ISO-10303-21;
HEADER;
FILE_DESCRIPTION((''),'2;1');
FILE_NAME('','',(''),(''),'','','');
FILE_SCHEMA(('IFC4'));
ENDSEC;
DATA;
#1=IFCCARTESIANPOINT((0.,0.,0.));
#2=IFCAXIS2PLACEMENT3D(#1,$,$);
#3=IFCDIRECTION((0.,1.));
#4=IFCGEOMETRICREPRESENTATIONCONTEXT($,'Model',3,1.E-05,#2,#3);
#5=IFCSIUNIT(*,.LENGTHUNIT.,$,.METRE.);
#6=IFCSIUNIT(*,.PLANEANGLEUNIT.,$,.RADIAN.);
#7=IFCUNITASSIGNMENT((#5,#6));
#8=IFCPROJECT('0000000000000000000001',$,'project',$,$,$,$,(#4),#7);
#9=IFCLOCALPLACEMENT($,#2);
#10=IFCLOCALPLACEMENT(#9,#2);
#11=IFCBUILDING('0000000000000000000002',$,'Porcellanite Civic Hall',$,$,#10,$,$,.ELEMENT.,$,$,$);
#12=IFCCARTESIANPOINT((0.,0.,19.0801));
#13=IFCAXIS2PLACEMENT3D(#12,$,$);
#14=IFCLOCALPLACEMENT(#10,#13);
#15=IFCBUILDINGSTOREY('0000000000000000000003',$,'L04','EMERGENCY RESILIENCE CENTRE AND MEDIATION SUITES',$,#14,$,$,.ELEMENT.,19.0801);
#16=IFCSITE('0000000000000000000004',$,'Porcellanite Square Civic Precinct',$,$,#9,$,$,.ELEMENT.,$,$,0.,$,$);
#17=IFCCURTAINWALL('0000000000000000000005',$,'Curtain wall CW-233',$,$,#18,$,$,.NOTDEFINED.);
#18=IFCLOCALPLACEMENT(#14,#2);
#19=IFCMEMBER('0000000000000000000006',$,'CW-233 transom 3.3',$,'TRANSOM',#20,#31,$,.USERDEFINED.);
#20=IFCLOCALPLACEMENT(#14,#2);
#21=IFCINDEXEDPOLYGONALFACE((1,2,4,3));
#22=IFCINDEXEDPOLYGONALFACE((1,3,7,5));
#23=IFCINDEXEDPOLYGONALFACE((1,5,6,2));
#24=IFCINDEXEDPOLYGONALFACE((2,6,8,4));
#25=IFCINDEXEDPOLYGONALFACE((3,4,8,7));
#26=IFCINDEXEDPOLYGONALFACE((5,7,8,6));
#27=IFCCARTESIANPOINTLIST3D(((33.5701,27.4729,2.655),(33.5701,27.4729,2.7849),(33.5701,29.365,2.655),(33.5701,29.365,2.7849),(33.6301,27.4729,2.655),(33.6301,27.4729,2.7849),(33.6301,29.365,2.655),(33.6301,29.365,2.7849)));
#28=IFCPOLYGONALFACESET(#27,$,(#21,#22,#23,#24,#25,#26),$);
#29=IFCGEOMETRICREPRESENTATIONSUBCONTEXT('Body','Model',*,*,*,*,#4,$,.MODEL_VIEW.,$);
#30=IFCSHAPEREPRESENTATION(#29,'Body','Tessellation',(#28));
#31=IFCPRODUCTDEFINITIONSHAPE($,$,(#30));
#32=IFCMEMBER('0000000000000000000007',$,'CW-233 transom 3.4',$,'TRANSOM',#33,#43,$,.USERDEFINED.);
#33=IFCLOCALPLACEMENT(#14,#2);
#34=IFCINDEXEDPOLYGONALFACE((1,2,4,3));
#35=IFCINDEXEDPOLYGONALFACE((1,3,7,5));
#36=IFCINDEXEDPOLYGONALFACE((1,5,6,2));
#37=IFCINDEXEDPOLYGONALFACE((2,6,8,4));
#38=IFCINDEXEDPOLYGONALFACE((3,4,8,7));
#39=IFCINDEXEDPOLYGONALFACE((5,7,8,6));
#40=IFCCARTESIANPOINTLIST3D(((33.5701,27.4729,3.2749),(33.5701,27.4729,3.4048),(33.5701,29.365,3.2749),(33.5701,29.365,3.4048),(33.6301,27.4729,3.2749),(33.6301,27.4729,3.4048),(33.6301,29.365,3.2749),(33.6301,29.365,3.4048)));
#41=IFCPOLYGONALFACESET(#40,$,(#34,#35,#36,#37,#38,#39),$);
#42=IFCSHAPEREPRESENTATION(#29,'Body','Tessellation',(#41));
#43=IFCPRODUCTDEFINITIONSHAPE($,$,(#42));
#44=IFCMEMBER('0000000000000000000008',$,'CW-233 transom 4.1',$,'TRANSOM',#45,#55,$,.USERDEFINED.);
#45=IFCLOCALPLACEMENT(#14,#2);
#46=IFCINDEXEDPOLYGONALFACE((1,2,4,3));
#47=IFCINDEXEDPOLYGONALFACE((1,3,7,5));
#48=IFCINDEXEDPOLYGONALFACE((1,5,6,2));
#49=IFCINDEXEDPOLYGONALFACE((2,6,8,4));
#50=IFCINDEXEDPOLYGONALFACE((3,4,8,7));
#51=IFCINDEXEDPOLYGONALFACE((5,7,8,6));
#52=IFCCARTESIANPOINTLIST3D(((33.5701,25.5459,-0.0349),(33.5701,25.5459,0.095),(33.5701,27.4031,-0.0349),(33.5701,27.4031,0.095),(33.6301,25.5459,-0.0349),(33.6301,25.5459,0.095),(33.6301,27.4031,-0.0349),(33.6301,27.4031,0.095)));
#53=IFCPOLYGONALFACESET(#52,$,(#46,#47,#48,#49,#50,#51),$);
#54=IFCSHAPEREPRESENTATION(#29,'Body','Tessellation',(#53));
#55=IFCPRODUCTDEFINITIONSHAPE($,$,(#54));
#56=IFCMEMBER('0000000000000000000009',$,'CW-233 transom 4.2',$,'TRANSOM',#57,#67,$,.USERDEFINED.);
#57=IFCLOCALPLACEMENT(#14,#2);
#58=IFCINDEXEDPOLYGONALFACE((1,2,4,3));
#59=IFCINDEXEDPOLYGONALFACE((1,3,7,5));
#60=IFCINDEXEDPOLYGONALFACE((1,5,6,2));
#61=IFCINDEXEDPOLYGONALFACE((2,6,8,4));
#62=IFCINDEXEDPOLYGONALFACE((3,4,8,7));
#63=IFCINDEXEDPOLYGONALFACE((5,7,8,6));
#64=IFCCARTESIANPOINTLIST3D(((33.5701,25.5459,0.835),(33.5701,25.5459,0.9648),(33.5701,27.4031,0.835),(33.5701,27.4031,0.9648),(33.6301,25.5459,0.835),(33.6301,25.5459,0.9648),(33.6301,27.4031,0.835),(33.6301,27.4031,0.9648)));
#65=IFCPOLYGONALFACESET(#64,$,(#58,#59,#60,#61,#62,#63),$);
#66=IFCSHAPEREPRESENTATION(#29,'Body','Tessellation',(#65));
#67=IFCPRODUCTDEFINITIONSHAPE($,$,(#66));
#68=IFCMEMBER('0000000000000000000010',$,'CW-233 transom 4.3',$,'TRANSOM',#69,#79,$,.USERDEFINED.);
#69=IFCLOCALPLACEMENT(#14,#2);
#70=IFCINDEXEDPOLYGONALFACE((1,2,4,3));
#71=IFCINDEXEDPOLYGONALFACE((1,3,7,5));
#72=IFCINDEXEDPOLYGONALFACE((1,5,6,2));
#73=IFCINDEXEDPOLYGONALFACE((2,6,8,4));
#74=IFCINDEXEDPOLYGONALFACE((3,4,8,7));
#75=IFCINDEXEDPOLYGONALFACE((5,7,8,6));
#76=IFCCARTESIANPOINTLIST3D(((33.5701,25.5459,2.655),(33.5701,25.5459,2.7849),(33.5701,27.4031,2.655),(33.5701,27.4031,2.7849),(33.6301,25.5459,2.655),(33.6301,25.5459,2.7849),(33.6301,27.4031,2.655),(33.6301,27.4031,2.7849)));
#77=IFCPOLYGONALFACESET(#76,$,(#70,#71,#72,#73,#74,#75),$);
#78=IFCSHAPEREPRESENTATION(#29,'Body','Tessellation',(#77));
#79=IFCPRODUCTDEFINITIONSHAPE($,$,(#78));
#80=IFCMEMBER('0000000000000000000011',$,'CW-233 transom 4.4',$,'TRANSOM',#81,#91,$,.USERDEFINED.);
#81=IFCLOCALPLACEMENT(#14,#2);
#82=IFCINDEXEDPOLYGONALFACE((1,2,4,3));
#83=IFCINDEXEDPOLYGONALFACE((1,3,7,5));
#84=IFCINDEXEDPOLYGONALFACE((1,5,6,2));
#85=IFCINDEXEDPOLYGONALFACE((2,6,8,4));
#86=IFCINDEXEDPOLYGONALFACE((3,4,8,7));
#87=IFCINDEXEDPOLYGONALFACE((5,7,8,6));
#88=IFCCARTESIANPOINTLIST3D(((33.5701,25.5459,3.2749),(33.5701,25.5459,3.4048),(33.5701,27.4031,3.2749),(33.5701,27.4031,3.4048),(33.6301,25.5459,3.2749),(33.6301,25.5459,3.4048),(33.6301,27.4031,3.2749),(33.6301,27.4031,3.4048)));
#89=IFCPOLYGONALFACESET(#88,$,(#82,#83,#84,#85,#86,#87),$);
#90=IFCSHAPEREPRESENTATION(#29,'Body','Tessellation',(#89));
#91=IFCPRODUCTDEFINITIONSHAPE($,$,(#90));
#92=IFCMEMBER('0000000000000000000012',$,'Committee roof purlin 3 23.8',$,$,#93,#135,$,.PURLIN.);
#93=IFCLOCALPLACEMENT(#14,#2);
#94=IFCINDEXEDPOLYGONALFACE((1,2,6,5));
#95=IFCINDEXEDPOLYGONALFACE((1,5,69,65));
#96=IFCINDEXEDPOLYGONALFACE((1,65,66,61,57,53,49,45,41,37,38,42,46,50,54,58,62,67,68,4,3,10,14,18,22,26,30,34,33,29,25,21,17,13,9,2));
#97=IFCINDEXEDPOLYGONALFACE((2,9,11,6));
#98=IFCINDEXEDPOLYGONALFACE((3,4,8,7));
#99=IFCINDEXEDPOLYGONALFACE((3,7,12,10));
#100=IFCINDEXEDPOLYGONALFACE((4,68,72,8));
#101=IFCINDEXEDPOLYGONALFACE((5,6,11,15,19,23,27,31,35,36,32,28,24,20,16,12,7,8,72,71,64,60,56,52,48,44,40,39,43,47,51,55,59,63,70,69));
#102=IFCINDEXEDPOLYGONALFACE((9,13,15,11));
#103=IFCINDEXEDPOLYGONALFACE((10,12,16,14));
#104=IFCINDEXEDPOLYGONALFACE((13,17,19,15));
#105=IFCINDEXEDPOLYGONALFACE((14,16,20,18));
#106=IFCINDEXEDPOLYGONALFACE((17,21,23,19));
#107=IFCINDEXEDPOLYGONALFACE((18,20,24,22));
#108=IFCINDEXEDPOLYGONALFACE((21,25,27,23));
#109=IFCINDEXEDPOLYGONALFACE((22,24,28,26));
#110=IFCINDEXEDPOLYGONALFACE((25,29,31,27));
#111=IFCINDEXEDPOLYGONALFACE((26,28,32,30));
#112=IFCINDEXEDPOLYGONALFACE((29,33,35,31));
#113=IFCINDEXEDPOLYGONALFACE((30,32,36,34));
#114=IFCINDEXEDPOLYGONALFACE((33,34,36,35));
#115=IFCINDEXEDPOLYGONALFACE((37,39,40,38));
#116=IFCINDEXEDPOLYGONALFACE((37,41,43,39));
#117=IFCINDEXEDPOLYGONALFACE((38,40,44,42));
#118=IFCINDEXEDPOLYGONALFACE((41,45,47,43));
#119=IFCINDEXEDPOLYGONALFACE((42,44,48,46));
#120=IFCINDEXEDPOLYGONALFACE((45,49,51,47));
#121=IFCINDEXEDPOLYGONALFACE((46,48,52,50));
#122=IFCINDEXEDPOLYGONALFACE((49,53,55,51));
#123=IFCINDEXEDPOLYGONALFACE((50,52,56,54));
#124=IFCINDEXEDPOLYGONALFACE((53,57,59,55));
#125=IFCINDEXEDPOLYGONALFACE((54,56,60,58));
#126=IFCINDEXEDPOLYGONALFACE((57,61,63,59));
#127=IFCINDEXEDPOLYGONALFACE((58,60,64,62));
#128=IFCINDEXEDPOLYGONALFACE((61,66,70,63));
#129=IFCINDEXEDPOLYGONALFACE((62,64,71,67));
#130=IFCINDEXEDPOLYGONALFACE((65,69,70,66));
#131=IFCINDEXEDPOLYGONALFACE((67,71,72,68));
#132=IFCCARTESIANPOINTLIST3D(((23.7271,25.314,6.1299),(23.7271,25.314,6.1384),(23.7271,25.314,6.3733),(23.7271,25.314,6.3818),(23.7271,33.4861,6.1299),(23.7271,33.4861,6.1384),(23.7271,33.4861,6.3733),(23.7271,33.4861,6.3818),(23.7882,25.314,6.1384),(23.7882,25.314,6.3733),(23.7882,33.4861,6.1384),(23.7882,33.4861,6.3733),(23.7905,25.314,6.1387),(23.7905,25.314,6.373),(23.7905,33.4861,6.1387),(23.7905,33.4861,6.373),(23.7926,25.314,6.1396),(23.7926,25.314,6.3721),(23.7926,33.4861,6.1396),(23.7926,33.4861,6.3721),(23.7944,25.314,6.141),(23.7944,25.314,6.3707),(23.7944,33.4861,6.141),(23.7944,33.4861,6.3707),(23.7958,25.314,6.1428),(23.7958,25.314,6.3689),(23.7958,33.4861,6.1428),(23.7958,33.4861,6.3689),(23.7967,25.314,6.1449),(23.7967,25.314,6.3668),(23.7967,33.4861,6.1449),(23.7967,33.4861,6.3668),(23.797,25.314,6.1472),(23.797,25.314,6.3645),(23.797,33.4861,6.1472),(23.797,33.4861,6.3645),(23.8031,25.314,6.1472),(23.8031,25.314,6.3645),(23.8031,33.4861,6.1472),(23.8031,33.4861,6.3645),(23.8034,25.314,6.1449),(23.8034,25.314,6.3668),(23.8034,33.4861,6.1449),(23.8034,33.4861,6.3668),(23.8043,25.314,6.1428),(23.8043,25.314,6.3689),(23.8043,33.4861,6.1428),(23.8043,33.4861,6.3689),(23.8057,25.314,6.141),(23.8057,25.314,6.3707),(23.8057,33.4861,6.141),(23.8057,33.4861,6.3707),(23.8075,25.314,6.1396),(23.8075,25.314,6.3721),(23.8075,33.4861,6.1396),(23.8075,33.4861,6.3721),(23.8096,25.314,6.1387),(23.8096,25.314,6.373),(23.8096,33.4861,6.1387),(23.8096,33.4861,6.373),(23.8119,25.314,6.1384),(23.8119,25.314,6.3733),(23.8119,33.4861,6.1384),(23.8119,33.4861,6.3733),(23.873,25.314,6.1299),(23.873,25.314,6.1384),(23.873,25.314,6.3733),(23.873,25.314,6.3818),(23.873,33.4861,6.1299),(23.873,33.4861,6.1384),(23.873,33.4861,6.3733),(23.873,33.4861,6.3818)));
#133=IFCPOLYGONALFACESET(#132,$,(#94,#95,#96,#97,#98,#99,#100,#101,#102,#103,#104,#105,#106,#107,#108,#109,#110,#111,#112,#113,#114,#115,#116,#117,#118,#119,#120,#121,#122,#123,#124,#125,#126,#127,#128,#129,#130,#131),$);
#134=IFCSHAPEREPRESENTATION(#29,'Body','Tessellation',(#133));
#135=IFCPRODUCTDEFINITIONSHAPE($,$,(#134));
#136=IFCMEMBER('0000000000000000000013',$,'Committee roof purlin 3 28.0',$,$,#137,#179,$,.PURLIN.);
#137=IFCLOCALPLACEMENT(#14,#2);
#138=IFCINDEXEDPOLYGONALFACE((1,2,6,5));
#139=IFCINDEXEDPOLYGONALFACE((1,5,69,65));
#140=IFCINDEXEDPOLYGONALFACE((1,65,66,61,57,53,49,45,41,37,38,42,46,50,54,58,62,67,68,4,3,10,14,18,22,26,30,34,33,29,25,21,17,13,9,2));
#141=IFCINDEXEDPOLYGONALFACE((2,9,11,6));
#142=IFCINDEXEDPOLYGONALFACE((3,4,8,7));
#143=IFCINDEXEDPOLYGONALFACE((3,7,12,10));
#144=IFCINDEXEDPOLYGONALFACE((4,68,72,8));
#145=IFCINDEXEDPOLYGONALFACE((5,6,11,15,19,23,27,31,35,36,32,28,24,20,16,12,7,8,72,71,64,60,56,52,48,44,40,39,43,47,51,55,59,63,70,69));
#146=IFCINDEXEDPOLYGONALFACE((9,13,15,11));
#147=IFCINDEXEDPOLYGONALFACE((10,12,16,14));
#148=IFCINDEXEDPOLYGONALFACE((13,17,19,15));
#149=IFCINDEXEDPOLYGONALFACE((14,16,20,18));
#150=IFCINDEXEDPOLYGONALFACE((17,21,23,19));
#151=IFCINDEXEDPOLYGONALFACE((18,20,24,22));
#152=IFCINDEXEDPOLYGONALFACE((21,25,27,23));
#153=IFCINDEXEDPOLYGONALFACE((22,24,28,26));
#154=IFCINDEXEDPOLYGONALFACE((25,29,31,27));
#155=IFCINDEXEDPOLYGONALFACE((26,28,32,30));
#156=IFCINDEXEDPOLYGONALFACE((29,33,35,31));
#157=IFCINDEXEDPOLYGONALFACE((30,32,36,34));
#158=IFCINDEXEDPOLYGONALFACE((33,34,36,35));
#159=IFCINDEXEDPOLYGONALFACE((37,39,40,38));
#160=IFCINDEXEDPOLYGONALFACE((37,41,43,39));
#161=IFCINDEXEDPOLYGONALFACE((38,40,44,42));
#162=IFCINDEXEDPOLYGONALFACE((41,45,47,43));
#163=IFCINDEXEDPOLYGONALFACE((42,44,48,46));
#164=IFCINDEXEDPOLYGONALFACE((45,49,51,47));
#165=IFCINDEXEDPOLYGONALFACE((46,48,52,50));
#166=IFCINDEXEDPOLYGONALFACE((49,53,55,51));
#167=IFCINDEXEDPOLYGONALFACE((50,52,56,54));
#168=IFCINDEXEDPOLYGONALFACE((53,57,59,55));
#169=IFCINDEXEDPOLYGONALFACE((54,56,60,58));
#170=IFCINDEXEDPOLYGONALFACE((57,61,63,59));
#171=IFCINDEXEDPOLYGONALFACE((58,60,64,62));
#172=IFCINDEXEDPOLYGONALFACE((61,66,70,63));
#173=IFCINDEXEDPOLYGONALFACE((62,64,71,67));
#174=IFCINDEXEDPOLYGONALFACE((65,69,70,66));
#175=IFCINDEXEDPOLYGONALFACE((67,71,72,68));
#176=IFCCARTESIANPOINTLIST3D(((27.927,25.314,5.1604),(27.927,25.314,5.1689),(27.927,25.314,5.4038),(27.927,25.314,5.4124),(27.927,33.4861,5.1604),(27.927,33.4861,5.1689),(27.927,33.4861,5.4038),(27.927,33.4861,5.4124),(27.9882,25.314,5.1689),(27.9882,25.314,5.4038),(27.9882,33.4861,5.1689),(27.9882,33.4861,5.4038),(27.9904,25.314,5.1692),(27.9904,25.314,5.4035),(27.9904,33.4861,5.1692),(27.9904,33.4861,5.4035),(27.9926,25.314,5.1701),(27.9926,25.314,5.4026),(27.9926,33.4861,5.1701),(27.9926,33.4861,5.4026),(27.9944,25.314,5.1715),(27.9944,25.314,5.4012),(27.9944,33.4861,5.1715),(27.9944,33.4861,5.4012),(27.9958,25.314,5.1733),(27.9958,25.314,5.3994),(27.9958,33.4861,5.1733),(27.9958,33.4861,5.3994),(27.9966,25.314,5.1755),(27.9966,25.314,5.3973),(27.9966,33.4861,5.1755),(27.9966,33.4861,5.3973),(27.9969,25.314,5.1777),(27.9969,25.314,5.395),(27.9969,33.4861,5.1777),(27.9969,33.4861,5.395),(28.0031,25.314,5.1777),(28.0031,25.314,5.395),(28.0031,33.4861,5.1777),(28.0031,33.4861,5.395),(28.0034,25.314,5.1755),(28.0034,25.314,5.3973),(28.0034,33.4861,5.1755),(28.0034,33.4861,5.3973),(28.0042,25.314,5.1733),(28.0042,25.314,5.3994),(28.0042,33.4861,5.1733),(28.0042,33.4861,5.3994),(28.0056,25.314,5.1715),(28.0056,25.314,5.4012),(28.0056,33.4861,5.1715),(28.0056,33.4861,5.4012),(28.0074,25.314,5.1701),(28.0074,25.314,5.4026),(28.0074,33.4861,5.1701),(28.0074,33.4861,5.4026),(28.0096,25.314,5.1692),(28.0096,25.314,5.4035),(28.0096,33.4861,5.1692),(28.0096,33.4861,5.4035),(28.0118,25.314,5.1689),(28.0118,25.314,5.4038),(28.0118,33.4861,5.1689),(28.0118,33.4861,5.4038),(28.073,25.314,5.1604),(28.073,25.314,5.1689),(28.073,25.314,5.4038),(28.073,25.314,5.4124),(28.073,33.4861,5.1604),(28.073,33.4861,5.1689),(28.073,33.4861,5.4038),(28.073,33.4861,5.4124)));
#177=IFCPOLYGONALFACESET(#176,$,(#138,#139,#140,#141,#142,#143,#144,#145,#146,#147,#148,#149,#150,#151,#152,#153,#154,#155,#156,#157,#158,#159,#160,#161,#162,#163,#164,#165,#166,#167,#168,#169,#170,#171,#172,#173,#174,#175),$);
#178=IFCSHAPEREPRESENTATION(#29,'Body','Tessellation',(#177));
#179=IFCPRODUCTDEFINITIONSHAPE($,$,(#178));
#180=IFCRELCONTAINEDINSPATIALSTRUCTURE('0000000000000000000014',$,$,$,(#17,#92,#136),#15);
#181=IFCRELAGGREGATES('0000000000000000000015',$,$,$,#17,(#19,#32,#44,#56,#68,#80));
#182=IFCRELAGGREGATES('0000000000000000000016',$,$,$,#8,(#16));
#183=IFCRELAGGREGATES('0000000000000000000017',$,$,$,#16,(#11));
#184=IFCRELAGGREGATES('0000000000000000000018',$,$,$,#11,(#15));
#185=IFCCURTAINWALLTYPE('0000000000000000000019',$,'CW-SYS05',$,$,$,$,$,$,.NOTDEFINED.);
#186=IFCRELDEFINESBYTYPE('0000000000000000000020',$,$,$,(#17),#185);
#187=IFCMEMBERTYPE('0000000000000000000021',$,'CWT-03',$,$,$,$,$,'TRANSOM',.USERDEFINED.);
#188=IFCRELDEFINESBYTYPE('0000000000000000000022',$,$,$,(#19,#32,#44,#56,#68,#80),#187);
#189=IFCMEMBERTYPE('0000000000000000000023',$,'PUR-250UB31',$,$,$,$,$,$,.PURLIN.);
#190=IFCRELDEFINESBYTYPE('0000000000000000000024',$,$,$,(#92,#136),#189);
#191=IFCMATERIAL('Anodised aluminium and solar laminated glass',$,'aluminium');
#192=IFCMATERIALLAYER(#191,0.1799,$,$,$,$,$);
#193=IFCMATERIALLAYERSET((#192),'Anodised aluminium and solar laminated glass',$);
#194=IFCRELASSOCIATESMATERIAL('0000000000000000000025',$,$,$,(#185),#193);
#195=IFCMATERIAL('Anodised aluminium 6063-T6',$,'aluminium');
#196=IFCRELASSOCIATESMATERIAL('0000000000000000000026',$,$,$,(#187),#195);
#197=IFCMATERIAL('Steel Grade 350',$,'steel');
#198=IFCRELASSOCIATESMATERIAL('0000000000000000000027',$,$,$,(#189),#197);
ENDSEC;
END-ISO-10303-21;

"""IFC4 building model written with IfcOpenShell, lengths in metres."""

from ifc_helpers import new_model, si_unit, direction, frame, origin, origin_2d, place, context, subcontext, project, spatial, rectangle, i_section, extrude, material, layer, layer_set, material_profile, profile_set, type_object, element, aggregate, save


model = new_model("IFC4")

# Units and contexts
model_context = context("Model", 3, precision=1e-05, world=origin(), true_north=direction((0.0, 1.0)))
body_context = subcontext(model_context, "Body", "Model", "MODEL_VIEW")
ifc_project = project(units=[si_unit("LENGTHUNIT", "METRE"), si_unit("PLANEANGLEUNIT", "RADIAN")], contexts=[model_context])

# Site, building, storey
site_placement = place(None, origin())
site = spatial("IfcSite", under=ifc_project, at=site_placement, Name="Porcellanite Square Civic Precinct", CompositionType="ELEMENT", RefElevation=0.0)
building_placement = place(site_placement, origin())
building = spatial("IfcBuilding", under=site, at=building_placement, Name="Porcellanite Civic Hall", CompositionType="ELEMENT")
storey_placement = place(building_placement, frame((0.0, 0.0, 19.0801)))
storey = spatial("IfcBuildingStorey", under=building, at=storey_placement, Name="L04", Description="EMERGENCY RESILIENCE CENTRE AND MEDIATION SUITES", CompositionType="ELEMENT", Elevation=19.0801)

# Curtain wall, members
ifc_material_1 = material(Name="Anodised aluminium and solar laminated glass", Category="aluminium")
ifc_layer_1 = layer(ifc_material_1, 0.1799)
ifc_layer_set_1 = layer_set([ifc_layer_1], Name="Anodised aluminium and solar laminated glass")
curtain_wall_type = type_object("IfcCurtainWallType", Name="CW-SYS05", PredefinedType="NOTDEFINED", material=ifc_layer_set_1)
curtain_wall_placement = place(storey_placement, origin())
curtain_wall = element("IfcCurtainWall", 1, at=curtain_wall_placement, inside=storey, type_object=curtain_wall_type, Name="Curtain wall CW-233", PredefinedType="NOTDEFINED")
ifc_material_2 = material(Name="Anodised aluminium 6063-T6", Category="aluminium")
ifc_material_profile_1 = material_profile(ifc_material_2, rectangle(XDim=0.0601, YDim=0.1299, at=origin_2d()), Name="AL-60x130")
ifc_profile_set_1 = profile_set([ifc_material_profile_1], Name="Anodised aluminium 6063-T6")
member_type_1 = type_object("IfcMemberType", Name="CWT-03", ElementType="TRANSOM", PredefinedType="USERDEFINED", material=ifc_profile_set_1)
member_1_placement = place(storey_placement, frame((33.6001, 29.365, 2.72), z_axis=(0.0, -1.0, 0.0), x_axis=(1.0, 0.0, 0.0)))
member_1 = element("IfcMember", 2, at=member_1_placement, type_object=member_type_1, Name="CW-233 transom 3.3", ObjectType="TRANSOM", PredefinedType="USERDEFINED", context=body_context, shape_type="SweptSolid", body=[
    extrude(rectangle(XDim=0.0601, YDim=0.1299, at=origin_2d()), origin(), (0.0, 0.0, 1.0), 1.8921),
])
member_2_placement = place(storey_placement, frame((33.6001, 29.365, 3.3398), z_axis=(0.0, -1.0, 0.0), x_axis=(1.0, 0.0, 0.0)))
member_2 = element("IfcMember", 3, at=member_2_placement, type_object=member_type_1, Name="CW-233 transom 3.4", ObjectType="TRANSOM", PredefinedType="USERDEFINED", context=body_context, shape_type="SweptSolid", body=[
    extrude(rectangle(XDim=0.0601, YDim=0.1299, at=origin_2d()), origin(), (0.0, 0.0, 1.0), 1.8921),
])
member_3_placement = place(storey_placement, frame((33.6001, 27.4031, 0.03), z_axis=(0.0, -1.0, 0.0), x_axis=(1.0, 0.0, 0.0)))
member_3 = element("IfcMember", 4, at=member_3_placement, type_object=member_type_1, Name="CW-233 transom 4.1", ObjectType="TRANSOM", PredefinedType="USERDEFINED", context=body_context, shape_type="SweptSolid", body=[
    extrude(rectangle(XDim=0.0601, YDim=0.1299, at=origin_2d()), origin(), (0.0, 0.0, 1.0), 1.8572),
])
member_4_placement = place(storey_placement, frame((33.6001, 27.4031, 0.8999), z_axis=(0.0, -1.0, 0.0), x_axis=(1.0, 0.0, 0.0)))
member_4 = element("IfcMember", 5, at=member_4_placement, type_object=member_type_1, Name="CW-233 transom 4.2", ObjectType="TRANSOM", PredefinedType="USERDEFINED", context=body_context, shape_type="SweptSolid", body=[
    extrude(rectangle(XDim=0.0601, YDim=0.1299, at=origin_2d()), origin(), (0.0, 0.0, 1.0), 1.8572),
])
member_5_placement = place(storey_placement, frame((33.6001, 27.4031, 2.72), z_axis=(0.0, -1.0, 0.0), x_axis=(1.0, 0.0, 0.0)))
member_5 = element("IfcMember", 6, at=member_5_placement, type_object=member_type_1, Name="CW-233 transom 4.3", ObjectType="TRANSOM", PredefinedType="USERDEFINED", context=body_context, shape_type="SweptSolid", body=[
    extrude(rectangle(XDim=0.0601, YDim=0.1299, at=origin_2d()), origin(), (0.0, 0.0, 1.0), 1.8572),
])
member_6_placement = place(storey_placement, frame((33.6001, 27.4031, 3.3398), z_axis=(0.0, -1.0, 0.0), x_axis=(1.0, 0.0, 0.0)))
member_6 = element("IfcMember", 7, at=member_6_placement, type_object=member_type_1, Name="CW-233 transom 4.4", ObjectType="TRANSOM", PredefinedType="USERDEFINED", context=body_context, shape_type="SweptSolid", body=[
    extrude(rectangle(XDim=0.0601, YDim=0.1299, at=origin_2d()), origin(), (0.0, 0.0, 1.0), 1.8572),
])

# Members
ifc_material_3 = material(Name="Steel Grade 350", Category="steel")
ifc_material_profile_2 = material_profile(ifc_material_3, i_section(OverallWidth=0.146, OverallDepth=0.252, WebThickness=0.0061, FlangeThickness=0.0085, FilletRadius=0.0088, at=origin_2d()), Name="250UB31.4")
ifc_profile_set_2 = profile_set([ifc_material_profile_2], Name="Steel Grade 350")
member_type_2 = type_object("IfcMemberType", Name="PUR-250UB31", PredefinedType="PURLIN", material=ifc_profile_set_2)
for number, where, z_axis, x_axis, name in (
    (8, (23.8, 25.314, 6.2559), (0.0, 1.0, 0.0), (-1.0, 0.0, 0.0), "Committee roof purlin 3 23.8"),
    (9, (28.0, 25.314, 5.2864), (0.0, 1.0, 0.0), (-1.0, 0.0, 0.0), "Committee roof purlin 3 28.0"),
):
    element("IfcMember", number, at=place(storey_placement, frame(where, z_axis=z_axis, x_axis=x_axis)), inside=storey, type_object=member_type_2, Name=name, PredefinedType="PURLIN", context=body_context, shape_type="SweptSolid", body=[
        extrude(i_section(OverallWidth=0.146, OverallDepth=0.252, WebThickness=0.0061, FlangeThickness=0.0085, FilletRadius=0.0088, at=origin_2d()), origin(), (0.0, 0.0, 1.0), 8.1721),
    ])

aggregate(curtain_wall, [member_1, member_2, member_3, member_4, member_5, member_6])

save(model, "model.ifc")
